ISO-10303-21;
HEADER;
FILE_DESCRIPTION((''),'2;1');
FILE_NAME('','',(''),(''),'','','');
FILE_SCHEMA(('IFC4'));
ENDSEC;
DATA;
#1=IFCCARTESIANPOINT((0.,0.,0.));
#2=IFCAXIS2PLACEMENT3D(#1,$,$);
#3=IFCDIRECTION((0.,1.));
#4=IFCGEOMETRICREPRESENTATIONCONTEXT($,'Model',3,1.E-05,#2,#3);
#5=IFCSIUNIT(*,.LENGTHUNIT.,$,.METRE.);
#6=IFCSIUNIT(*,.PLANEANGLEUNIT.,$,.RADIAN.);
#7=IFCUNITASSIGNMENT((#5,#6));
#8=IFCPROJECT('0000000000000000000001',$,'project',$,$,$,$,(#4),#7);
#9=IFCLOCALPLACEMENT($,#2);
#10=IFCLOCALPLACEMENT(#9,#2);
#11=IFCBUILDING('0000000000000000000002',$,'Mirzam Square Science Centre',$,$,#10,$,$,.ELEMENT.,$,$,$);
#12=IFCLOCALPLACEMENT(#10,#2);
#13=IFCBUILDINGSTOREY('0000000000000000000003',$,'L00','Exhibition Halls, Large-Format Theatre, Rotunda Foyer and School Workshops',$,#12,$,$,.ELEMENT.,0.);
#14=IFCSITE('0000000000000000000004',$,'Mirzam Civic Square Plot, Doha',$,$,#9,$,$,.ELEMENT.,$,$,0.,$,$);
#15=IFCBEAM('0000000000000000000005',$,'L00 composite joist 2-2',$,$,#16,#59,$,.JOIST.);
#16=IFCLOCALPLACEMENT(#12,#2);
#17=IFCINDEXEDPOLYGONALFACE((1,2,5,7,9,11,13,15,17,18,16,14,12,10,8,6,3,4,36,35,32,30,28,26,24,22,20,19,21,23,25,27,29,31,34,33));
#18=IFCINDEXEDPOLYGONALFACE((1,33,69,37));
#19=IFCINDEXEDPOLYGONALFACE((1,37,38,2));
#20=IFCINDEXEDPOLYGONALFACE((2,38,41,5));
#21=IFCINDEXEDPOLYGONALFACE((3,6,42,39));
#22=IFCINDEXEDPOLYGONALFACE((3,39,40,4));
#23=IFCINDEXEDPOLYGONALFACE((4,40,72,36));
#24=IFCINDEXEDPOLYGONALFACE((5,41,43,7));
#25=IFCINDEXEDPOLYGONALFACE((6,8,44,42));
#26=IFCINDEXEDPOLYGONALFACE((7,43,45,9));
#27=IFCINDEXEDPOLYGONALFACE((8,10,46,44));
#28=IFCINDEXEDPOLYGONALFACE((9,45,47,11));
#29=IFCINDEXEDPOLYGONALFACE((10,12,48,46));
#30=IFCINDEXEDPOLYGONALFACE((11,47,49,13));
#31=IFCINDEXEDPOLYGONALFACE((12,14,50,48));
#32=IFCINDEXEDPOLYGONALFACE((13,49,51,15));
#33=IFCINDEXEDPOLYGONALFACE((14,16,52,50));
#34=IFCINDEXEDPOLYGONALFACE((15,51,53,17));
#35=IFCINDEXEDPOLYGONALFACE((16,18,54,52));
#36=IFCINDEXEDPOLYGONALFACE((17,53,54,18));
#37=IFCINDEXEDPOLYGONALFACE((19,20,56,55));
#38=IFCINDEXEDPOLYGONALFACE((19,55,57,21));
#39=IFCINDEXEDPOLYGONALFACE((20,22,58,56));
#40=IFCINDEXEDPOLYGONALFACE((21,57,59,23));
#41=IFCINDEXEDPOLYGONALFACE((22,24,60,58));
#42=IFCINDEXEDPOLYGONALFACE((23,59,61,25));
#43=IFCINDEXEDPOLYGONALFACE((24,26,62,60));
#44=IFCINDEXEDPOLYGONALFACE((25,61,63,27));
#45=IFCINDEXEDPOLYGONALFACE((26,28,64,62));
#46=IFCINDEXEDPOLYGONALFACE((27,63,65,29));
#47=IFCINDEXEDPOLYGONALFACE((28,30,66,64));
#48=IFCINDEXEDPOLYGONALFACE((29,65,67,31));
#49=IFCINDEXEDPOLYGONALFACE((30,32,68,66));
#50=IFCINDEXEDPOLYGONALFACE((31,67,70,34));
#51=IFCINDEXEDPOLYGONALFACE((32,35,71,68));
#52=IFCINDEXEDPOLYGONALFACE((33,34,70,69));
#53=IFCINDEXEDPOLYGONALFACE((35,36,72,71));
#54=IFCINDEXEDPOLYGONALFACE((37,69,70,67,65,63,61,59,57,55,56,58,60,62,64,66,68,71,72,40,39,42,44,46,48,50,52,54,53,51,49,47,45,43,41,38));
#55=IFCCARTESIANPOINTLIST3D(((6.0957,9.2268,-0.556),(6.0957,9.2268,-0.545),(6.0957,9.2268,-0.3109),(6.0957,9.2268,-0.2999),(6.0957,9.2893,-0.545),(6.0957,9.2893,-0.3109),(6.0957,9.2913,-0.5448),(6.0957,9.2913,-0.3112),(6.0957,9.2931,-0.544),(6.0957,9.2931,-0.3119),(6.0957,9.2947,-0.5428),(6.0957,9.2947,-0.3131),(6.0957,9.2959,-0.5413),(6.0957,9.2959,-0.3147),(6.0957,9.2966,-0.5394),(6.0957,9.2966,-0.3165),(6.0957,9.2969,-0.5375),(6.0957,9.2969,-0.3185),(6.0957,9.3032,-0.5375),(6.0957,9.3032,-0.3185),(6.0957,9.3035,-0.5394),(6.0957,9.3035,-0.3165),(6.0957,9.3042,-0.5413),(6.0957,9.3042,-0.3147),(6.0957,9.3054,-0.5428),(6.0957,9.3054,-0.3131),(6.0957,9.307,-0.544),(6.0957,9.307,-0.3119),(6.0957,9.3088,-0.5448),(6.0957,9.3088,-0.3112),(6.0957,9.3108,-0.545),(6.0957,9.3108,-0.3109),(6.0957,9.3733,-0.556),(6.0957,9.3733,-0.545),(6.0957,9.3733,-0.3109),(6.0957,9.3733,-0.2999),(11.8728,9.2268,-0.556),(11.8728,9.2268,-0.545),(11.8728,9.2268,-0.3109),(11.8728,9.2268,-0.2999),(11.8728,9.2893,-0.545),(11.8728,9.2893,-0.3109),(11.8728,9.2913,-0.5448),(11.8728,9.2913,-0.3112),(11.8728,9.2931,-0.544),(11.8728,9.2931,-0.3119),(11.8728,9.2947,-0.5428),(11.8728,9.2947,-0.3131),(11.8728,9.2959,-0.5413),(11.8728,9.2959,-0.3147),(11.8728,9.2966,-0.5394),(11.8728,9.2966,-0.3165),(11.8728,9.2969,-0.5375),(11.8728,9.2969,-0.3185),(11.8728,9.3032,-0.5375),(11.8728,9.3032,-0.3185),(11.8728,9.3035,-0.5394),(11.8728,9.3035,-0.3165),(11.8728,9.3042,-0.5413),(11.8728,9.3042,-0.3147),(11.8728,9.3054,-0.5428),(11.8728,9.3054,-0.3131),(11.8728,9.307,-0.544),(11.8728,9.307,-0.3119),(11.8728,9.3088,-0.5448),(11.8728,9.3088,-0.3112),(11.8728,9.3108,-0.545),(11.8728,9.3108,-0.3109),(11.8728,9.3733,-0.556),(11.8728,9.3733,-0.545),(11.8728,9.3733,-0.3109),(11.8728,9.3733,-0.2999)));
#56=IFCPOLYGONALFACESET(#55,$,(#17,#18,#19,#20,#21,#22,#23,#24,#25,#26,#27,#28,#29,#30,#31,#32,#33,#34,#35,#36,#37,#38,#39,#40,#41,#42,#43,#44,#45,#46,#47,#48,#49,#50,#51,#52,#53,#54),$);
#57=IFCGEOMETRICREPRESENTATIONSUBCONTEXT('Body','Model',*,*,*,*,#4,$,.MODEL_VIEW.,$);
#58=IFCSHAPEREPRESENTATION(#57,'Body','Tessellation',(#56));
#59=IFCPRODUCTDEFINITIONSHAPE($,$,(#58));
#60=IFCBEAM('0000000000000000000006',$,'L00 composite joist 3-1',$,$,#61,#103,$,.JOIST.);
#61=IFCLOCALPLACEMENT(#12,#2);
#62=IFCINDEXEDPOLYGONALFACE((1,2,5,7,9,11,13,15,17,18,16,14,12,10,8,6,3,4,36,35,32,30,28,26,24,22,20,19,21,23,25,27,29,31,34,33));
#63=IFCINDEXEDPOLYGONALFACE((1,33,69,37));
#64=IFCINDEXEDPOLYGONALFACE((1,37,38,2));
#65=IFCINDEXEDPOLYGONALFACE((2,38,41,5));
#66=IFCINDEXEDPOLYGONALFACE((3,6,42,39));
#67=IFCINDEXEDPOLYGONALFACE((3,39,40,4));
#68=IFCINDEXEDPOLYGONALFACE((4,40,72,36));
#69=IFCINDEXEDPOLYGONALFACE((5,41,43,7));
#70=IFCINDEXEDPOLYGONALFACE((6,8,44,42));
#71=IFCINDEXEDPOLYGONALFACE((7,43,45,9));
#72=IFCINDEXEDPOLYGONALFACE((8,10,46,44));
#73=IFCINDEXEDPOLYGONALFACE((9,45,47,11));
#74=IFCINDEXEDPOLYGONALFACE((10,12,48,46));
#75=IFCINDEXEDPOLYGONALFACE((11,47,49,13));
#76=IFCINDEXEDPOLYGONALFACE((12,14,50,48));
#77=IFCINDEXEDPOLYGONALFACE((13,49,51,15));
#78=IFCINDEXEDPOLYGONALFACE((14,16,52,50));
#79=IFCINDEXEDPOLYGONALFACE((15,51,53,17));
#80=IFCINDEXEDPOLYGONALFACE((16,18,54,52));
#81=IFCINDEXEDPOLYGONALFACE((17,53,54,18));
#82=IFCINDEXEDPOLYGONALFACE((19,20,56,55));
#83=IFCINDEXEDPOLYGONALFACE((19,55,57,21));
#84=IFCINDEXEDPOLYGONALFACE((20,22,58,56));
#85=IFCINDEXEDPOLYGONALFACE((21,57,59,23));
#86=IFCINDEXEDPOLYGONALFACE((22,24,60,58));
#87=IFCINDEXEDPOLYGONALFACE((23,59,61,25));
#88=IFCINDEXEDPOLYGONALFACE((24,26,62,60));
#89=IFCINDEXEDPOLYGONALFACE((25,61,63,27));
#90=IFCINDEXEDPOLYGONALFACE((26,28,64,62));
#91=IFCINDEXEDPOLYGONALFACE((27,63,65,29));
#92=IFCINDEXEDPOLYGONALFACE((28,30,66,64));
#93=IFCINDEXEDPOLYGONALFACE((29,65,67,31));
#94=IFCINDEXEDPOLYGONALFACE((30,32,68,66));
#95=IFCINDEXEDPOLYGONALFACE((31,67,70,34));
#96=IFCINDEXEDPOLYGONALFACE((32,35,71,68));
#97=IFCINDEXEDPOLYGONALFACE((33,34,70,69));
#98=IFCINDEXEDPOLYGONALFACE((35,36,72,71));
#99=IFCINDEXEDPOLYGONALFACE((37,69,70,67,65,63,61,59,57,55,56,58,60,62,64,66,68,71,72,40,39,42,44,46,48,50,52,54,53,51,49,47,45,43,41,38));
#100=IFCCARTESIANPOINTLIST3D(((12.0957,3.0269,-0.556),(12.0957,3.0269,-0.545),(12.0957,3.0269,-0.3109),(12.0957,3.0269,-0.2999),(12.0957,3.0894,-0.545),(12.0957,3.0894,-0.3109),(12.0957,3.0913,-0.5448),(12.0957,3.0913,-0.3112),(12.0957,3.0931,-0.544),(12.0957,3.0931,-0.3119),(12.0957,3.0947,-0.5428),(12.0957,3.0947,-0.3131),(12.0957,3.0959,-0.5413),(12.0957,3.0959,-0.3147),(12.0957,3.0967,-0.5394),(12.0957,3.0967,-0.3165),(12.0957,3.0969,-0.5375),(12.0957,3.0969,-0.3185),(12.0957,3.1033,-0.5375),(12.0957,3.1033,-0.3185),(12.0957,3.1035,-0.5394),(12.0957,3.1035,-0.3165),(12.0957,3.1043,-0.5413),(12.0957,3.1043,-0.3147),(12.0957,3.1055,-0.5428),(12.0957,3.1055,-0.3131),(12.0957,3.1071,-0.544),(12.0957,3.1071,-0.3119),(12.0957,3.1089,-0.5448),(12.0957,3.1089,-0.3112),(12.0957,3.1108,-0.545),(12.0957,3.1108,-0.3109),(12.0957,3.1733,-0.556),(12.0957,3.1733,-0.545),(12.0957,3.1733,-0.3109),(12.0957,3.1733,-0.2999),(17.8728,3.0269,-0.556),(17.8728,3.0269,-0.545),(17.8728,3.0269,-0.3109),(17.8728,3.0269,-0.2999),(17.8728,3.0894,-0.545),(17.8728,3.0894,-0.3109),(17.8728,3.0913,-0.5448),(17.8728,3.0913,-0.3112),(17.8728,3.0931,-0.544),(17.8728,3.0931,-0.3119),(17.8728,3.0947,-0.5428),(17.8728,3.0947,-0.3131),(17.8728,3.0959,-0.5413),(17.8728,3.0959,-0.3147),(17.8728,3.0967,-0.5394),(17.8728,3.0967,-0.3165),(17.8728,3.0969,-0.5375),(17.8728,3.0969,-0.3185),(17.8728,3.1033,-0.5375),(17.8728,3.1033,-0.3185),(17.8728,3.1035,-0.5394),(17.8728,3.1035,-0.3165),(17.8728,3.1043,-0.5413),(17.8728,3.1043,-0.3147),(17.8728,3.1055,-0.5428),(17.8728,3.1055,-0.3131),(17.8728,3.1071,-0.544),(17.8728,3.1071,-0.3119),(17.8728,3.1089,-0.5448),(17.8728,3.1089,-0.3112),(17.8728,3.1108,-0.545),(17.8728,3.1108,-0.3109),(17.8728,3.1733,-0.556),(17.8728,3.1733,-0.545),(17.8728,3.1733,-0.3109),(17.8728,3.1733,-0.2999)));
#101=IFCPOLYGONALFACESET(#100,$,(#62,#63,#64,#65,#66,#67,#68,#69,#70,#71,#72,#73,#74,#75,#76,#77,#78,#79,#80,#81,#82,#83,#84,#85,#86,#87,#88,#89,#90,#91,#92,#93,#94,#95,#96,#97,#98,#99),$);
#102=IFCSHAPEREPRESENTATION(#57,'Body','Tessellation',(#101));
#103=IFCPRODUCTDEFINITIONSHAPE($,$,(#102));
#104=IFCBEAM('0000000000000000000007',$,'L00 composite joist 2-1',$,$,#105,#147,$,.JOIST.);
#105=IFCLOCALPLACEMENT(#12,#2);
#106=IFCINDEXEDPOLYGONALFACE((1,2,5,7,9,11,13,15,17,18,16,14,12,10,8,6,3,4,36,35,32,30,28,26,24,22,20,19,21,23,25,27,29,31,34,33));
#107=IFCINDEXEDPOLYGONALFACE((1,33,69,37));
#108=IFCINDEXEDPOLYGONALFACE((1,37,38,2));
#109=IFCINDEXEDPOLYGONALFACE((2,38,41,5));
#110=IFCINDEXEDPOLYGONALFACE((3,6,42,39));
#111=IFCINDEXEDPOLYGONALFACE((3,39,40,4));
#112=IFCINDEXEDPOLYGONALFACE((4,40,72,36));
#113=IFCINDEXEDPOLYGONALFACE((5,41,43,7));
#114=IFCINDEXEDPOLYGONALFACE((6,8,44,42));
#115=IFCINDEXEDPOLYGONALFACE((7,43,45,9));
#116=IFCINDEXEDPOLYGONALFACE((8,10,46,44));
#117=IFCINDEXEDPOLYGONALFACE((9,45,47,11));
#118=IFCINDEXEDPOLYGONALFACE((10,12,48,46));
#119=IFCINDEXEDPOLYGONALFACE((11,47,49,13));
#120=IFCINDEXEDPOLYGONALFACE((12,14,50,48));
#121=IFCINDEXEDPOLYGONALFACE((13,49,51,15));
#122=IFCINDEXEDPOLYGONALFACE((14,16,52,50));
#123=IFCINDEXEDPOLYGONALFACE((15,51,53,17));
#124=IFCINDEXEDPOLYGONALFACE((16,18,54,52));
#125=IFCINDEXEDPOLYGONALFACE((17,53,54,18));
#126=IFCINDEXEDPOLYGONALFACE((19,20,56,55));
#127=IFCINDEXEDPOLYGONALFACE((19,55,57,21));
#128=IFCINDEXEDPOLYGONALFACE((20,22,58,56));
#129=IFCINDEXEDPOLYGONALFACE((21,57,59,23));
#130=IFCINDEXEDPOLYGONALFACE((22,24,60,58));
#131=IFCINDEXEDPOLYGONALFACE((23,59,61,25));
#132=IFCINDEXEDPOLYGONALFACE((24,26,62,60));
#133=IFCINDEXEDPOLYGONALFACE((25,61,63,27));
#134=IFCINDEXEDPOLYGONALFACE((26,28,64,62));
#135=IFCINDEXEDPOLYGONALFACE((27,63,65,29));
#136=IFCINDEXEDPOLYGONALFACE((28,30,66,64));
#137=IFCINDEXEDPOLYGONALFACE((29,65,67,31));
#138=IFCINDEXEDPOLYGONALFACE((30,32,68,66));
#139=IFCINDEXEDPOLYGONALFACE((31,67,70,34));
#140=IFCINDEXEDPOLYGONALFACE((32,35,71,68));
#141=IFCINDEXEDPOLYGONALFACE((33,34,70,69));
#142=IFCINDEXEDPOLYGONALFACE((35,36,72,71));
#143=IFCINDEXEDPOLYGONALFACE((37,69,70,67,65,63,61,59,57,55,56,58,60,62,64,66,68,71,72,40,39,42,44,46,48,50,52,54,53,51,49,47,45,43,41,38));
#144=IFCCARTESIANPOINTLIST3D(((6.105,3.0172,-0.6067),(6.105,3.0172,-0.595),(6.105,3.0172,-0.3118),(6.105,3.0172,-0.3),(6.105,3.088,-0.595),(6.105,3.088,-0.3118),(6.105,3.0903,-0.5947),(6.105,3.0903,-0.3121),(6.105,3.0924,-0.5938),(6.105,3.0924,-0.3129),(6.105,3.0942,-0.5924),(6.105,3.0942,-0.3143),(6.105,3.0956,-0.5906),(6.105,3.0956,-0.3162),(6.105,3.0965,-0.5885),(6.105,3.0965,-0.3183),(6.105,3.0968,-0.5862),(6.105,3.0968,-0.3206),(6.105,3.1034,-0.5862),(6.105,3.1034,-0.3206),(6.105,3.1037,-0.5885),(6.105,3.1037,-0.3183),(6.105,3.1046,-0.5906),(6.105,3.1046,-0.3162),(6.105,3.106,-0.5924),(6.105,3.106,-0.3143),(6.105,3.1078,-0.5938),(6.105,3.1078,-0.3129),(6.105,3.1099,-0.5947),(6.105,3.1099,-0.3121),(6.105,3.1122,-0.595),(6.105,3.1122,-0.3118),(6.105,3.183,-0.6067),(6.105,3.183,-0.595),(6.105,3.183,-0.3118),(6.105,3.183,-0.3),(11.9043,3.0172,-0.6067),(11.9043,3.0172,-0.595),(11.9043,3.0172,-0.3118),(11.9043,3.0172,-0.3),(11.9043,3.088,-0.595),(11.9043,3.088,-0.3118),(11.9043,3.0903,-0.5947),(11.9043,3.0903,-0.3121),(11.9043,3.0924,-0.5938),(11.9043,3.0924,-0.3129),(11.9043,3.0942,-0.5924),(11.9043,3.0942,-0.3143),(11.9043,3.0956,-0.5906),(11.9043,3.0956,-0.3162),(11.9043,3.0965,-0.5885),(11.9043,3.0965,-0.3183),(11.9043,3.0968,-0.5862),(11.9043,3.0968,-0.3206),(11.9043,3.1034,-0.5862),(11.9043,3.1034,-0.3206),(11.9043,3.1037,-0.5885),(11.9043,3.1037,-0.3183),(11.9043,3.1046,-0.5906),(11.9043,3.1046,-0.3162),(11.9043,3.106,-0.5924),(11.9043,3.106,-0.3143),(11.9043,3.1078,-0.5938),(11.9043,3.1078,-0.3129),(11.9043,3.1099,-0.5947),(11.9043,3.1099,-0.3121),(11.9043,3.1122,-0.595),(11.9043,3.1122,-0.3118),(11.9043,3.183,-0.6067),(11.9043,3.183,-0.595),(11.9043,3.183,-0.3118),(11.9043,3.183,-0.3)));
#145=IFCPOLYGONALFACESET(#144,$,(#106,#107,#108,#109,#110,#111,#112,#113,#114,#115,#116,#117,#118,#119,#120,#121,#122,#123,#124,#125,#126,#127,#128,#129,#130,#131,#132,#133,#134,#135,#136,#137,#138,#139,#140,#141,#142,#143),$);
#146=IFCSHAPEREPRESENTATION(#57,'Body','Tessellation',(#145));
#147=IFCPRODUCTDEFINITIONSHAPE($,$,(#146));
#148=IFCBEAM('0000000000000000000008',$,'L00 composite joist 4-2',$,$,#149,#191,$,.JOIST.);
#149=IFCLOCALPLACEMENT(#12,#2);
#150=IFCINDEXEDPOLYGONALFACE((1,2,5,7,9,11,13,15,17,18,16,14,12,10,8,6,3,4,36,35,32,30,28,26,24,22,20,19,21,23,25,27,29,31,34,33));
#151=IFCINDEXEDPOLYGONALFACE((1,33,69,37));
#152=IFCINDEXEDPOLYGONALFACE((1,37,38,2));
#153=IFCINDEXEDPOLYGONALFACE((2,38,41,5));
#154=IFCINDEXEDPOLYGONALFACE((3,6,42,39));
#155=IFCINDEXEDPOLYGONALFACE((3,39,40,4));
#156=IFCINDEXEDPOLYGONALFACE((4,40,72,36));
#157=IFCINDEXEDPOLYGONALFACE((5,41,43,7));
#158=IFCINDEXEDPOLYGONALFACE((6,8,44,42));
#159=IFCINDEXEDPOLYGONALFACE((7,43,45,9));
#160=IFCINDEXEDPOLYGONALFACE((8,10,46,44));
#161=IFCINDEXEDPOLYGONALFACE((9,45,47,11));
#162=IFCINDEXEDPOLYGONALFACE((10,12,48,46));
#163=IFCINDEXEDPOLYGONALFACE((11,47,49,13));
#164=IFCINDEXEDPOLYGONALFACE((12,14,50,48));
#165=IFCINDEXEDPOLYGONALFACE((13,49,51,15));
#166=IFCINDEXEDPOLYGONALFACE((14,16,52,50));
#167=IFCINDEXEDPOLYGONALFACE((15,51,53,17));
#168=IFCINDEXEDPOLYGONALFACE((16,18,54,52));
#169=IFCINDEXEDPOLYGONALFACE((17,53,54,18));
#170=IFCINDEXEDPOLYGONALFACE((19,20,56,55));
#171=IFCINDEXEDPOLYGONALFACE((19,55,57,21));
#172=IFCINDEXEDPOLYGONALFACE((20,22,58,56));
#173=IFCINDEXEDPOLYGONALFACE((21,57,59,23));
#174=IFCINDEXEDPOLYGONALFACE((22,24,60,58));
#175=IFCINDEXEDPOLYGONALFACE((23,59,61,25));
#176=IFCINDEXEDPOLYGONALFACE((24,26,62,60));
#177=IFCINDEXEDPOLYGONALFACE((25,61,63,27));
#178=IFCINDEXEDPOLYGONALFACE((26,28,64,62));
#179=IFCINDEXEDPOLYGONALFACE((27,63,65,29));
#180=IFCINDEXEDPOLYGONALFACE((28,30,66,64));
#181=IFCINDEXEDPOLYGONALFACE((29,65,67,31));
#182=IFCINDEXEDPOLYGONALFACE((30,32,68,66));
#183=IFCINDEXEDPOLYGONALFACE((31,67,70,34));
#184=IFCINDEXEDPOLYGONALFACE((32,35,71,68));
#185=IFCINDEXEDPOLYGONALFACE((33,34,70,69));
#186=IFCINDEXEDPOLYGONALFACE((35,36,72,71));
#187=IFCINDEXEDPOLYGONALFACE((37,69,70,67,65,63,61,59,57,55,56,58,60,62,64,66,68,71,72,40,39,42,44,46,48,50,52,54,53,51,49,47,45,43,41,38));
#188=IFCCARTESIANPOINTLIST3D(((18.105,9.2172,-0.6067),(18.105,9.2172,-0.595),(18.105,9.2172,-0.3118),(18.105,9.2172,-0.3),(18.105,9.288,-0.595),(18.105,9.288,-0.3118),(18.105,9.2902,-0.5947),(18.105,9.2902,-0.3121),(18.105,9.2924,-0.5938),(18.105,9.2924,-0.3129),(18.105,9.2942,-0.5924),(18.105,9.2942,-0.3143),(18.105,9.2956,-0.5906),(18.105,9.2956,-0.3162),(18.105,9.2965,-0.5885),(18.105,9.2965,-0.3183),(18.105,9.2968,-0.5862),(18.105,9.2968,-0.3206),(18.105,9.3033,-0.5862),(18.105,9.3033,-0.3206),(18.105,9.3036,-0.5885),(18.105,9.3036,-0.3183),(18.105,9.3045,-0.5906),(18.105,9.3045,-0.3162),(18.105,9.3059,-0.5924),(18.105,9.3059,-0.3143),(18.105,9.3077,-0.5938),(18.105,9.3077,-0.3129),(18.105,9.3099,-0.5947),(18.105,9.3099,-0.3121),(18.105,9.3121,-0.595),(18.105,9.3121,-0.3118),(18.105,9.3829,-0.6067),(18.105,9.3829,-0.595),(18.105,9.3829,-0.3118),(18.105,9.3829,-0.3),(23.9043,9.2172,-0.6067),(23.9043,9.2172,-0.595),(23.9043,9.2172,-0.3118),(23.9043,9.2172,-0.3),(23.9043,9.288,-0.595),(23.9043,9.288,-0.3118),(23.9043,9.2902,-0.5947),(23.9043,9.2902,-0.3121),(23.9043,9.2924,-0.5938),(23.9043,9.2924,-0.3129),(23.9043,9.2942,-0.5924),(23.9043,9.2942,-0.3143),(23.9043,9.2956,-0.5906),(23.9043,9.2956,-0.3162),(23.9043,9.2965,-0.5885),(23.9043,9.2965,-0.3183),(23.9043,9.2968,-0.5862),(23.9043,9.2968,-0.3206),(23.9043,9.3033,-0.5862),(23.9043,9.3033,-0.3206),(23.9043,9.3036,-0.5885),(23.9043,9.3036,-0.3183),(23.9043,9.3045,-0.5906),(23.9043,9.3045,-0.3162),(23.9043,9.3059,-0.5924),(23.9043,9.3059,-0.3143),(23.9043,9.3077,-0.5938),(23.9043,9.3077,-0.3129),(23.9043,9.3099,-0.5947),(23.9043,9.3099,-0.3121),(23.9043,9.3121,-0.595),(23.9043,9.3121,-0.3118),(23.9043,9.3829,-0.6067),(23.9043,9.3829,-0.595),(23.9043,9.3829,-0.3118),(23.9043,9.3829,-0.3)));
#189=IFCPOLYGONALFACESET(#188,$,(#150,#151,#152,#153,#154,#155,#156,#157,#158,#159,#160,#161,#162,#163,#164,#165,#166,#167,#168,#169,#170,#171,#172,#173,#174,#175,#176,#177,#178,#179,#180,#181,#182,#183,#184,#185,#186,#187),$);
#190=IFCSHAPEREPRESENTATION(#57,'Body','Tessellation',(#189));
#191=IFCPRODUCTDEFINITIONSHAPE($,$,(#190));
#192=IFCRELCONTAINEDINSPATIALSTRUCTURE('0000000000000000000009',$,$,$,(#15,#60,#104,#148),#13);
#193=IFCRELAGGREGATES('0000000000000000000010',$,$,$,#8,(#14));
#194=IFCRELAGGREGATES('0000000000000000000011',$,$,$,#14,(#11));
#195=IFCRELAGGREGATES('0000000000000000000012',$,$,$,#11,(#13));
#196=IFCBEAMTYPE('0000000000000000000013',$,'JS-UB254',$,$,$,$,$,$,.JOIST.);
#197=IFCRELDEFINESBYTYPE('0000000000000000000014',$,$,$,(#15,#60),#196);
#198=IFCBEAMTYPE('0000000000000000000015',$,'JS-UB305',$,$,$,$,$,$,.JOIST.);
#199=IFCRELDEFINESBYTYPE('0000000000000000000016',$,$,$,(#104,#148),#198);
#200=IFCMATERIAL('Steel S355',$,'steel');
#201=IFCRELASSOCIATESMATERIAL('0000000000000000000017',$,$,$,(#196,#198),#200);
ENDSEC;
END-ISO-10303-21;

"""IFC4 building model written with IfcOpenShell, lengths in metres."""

from ifc_helpers import new_model, si_unit, direction, frame, origin, origin_2d, place, context, subcontext, project, spatial, i_section, extrude, material, material_profile, profile_set, type_object, element, save


model = new_model("IFC4")

# Units and contexts
model_context = context("Model", 3, precision=1e-05, world=origin(), true_north=direction((0.0, 1.0)))
body_context = subcontext(model_context, "Body", "Model", "MODEL_VIEW")
ifc_project = project(units=[si_unit("LENGTHUNIT", "METRE"), si_unit("PLANEANGLEUNIT", "RADIAN")], contexts=[model_context])

# Site, building, storey
site_placement = place(None, origin())
site = spatial("IfcSite", under=ifc_project, at=site_placement, Name="Mirzam Civic Square Plot, Doha", CompositionType="ELEMENT", RefElevation=0.0)
building_placement = place(site_placement, origin())
building = spatial("IfcBuilding", under=site, at=building_placement, Name="Mirzam Square Science Centre", CompositionType="ELEMENT")
storey_placement = place(building_placement, origin())
storey = spatial("IfcBuildingStorey", under=building, at=storey_placement, Name="L00", Description="Exhibition Halls, Large-Format Theatre, Rotunda Foyer and School Workshops", CompositionType="ELEMENT", Elevation=0.0)

# Shared definitions
ifc_material_1 = material(Name="Steel S355", Category="steel")

# Beams
ifc_material_profile_1 = material_profile(ifc_material_1, i_section(OverallWidth=0.1465, OverallDepth=0.2561, WebThickness=0.0063, FlangeThickness=0.011, FilletRadius=0.0076, at=origin_2d()), Name="254x146x37UB")
ifc_profile_set_1 = profile_set([ifc_material_profile_1], Name="Steel S355")
beam_type_1 = type_object("IfcBeamType", Name="JS-UB254", PredefinedType="JOIST", material=ifc_profile_set_1)
for number, where, z_axis, x_axis, name in (
    (1, (6.0957, 9.3, -0.428), (1.0, 0.0, 0.0), (0.0, 1.0, 0.0), "L00 composite joist 2-2"),
    (2, (12.0957, 3.1001, -0.428), (1.0, 0.0, 0.0), (0.0, 1.0, 0.0), "L00 composite joist 3-1"),
):
    element("IfcBeam", number, at=place(storey_placement, frame(where, z_axis=z_axis, x_axis=x_axis)), inside=storey, type_object=beam_type_1, Name=name, PredefinedType="JOIST", context=body_context, shape_type="SweptSolid", body=[
        extrude(i_section(OverallWidth=0.1465, OverallDepth=0.2561, WebThickness=0.0063, FlangeThickness=0.011, FilletRadius=0.0076, at=origin_2d()), origin(), (0.0, 0.0, 1.0), 5.7771),
    ])
ifc_material_profile_2 = material_profile(ifc_material_1, i_section(OverallWidth=0.1658, OverallDepth=0.3066, WebThickness=0.0066, FlangeThickness=0.0117, FilletRadius=0.0088, at=origin_2d()), Name="305x165x46UB")
ifc_profile_set_2 = profile_set([ifc_material_profile_2], Name="Steel S355")
beam_type_2 = type_object("IfcBeamType", Name="JS-UB305", PredefinedType="JOIST", material=ifc_profile_set_2)
for number, where, z_axis, x_axis, name in (
    (3, (6.105, 3.1001, -0.4534), (1.0, 0.0, 0.0), (0.0, 1.0, 0.0), "L00 composite joist 2-1"),
    (4, (18.105, 9.3, -0.4534), (1.0, 0.0, 0.0), (0.0, 1.0, 0.0), "L00 composite joist 4-2"),
):
    element("IfcBeam", number, at=place(storey_placement, frame(where, z_axis=z_axis, x_axis=x_axis)), inside=storey, type_object=beam_type_2, Name=name, PredefinedType="JOIST", context=body_context, shape_type="SweptSolid", body=[
        extrude(i_section(OverallWidth=0.1658, OverallDepth=0.3066, WebThickness=0.0066, FlangeThickness=0.0117, FilletRadius=0.0088, at=origin_2d()), origin(), (0.0, 0.0, 1.0), 5.7993),
    ])

save(model, "model.ifc")
